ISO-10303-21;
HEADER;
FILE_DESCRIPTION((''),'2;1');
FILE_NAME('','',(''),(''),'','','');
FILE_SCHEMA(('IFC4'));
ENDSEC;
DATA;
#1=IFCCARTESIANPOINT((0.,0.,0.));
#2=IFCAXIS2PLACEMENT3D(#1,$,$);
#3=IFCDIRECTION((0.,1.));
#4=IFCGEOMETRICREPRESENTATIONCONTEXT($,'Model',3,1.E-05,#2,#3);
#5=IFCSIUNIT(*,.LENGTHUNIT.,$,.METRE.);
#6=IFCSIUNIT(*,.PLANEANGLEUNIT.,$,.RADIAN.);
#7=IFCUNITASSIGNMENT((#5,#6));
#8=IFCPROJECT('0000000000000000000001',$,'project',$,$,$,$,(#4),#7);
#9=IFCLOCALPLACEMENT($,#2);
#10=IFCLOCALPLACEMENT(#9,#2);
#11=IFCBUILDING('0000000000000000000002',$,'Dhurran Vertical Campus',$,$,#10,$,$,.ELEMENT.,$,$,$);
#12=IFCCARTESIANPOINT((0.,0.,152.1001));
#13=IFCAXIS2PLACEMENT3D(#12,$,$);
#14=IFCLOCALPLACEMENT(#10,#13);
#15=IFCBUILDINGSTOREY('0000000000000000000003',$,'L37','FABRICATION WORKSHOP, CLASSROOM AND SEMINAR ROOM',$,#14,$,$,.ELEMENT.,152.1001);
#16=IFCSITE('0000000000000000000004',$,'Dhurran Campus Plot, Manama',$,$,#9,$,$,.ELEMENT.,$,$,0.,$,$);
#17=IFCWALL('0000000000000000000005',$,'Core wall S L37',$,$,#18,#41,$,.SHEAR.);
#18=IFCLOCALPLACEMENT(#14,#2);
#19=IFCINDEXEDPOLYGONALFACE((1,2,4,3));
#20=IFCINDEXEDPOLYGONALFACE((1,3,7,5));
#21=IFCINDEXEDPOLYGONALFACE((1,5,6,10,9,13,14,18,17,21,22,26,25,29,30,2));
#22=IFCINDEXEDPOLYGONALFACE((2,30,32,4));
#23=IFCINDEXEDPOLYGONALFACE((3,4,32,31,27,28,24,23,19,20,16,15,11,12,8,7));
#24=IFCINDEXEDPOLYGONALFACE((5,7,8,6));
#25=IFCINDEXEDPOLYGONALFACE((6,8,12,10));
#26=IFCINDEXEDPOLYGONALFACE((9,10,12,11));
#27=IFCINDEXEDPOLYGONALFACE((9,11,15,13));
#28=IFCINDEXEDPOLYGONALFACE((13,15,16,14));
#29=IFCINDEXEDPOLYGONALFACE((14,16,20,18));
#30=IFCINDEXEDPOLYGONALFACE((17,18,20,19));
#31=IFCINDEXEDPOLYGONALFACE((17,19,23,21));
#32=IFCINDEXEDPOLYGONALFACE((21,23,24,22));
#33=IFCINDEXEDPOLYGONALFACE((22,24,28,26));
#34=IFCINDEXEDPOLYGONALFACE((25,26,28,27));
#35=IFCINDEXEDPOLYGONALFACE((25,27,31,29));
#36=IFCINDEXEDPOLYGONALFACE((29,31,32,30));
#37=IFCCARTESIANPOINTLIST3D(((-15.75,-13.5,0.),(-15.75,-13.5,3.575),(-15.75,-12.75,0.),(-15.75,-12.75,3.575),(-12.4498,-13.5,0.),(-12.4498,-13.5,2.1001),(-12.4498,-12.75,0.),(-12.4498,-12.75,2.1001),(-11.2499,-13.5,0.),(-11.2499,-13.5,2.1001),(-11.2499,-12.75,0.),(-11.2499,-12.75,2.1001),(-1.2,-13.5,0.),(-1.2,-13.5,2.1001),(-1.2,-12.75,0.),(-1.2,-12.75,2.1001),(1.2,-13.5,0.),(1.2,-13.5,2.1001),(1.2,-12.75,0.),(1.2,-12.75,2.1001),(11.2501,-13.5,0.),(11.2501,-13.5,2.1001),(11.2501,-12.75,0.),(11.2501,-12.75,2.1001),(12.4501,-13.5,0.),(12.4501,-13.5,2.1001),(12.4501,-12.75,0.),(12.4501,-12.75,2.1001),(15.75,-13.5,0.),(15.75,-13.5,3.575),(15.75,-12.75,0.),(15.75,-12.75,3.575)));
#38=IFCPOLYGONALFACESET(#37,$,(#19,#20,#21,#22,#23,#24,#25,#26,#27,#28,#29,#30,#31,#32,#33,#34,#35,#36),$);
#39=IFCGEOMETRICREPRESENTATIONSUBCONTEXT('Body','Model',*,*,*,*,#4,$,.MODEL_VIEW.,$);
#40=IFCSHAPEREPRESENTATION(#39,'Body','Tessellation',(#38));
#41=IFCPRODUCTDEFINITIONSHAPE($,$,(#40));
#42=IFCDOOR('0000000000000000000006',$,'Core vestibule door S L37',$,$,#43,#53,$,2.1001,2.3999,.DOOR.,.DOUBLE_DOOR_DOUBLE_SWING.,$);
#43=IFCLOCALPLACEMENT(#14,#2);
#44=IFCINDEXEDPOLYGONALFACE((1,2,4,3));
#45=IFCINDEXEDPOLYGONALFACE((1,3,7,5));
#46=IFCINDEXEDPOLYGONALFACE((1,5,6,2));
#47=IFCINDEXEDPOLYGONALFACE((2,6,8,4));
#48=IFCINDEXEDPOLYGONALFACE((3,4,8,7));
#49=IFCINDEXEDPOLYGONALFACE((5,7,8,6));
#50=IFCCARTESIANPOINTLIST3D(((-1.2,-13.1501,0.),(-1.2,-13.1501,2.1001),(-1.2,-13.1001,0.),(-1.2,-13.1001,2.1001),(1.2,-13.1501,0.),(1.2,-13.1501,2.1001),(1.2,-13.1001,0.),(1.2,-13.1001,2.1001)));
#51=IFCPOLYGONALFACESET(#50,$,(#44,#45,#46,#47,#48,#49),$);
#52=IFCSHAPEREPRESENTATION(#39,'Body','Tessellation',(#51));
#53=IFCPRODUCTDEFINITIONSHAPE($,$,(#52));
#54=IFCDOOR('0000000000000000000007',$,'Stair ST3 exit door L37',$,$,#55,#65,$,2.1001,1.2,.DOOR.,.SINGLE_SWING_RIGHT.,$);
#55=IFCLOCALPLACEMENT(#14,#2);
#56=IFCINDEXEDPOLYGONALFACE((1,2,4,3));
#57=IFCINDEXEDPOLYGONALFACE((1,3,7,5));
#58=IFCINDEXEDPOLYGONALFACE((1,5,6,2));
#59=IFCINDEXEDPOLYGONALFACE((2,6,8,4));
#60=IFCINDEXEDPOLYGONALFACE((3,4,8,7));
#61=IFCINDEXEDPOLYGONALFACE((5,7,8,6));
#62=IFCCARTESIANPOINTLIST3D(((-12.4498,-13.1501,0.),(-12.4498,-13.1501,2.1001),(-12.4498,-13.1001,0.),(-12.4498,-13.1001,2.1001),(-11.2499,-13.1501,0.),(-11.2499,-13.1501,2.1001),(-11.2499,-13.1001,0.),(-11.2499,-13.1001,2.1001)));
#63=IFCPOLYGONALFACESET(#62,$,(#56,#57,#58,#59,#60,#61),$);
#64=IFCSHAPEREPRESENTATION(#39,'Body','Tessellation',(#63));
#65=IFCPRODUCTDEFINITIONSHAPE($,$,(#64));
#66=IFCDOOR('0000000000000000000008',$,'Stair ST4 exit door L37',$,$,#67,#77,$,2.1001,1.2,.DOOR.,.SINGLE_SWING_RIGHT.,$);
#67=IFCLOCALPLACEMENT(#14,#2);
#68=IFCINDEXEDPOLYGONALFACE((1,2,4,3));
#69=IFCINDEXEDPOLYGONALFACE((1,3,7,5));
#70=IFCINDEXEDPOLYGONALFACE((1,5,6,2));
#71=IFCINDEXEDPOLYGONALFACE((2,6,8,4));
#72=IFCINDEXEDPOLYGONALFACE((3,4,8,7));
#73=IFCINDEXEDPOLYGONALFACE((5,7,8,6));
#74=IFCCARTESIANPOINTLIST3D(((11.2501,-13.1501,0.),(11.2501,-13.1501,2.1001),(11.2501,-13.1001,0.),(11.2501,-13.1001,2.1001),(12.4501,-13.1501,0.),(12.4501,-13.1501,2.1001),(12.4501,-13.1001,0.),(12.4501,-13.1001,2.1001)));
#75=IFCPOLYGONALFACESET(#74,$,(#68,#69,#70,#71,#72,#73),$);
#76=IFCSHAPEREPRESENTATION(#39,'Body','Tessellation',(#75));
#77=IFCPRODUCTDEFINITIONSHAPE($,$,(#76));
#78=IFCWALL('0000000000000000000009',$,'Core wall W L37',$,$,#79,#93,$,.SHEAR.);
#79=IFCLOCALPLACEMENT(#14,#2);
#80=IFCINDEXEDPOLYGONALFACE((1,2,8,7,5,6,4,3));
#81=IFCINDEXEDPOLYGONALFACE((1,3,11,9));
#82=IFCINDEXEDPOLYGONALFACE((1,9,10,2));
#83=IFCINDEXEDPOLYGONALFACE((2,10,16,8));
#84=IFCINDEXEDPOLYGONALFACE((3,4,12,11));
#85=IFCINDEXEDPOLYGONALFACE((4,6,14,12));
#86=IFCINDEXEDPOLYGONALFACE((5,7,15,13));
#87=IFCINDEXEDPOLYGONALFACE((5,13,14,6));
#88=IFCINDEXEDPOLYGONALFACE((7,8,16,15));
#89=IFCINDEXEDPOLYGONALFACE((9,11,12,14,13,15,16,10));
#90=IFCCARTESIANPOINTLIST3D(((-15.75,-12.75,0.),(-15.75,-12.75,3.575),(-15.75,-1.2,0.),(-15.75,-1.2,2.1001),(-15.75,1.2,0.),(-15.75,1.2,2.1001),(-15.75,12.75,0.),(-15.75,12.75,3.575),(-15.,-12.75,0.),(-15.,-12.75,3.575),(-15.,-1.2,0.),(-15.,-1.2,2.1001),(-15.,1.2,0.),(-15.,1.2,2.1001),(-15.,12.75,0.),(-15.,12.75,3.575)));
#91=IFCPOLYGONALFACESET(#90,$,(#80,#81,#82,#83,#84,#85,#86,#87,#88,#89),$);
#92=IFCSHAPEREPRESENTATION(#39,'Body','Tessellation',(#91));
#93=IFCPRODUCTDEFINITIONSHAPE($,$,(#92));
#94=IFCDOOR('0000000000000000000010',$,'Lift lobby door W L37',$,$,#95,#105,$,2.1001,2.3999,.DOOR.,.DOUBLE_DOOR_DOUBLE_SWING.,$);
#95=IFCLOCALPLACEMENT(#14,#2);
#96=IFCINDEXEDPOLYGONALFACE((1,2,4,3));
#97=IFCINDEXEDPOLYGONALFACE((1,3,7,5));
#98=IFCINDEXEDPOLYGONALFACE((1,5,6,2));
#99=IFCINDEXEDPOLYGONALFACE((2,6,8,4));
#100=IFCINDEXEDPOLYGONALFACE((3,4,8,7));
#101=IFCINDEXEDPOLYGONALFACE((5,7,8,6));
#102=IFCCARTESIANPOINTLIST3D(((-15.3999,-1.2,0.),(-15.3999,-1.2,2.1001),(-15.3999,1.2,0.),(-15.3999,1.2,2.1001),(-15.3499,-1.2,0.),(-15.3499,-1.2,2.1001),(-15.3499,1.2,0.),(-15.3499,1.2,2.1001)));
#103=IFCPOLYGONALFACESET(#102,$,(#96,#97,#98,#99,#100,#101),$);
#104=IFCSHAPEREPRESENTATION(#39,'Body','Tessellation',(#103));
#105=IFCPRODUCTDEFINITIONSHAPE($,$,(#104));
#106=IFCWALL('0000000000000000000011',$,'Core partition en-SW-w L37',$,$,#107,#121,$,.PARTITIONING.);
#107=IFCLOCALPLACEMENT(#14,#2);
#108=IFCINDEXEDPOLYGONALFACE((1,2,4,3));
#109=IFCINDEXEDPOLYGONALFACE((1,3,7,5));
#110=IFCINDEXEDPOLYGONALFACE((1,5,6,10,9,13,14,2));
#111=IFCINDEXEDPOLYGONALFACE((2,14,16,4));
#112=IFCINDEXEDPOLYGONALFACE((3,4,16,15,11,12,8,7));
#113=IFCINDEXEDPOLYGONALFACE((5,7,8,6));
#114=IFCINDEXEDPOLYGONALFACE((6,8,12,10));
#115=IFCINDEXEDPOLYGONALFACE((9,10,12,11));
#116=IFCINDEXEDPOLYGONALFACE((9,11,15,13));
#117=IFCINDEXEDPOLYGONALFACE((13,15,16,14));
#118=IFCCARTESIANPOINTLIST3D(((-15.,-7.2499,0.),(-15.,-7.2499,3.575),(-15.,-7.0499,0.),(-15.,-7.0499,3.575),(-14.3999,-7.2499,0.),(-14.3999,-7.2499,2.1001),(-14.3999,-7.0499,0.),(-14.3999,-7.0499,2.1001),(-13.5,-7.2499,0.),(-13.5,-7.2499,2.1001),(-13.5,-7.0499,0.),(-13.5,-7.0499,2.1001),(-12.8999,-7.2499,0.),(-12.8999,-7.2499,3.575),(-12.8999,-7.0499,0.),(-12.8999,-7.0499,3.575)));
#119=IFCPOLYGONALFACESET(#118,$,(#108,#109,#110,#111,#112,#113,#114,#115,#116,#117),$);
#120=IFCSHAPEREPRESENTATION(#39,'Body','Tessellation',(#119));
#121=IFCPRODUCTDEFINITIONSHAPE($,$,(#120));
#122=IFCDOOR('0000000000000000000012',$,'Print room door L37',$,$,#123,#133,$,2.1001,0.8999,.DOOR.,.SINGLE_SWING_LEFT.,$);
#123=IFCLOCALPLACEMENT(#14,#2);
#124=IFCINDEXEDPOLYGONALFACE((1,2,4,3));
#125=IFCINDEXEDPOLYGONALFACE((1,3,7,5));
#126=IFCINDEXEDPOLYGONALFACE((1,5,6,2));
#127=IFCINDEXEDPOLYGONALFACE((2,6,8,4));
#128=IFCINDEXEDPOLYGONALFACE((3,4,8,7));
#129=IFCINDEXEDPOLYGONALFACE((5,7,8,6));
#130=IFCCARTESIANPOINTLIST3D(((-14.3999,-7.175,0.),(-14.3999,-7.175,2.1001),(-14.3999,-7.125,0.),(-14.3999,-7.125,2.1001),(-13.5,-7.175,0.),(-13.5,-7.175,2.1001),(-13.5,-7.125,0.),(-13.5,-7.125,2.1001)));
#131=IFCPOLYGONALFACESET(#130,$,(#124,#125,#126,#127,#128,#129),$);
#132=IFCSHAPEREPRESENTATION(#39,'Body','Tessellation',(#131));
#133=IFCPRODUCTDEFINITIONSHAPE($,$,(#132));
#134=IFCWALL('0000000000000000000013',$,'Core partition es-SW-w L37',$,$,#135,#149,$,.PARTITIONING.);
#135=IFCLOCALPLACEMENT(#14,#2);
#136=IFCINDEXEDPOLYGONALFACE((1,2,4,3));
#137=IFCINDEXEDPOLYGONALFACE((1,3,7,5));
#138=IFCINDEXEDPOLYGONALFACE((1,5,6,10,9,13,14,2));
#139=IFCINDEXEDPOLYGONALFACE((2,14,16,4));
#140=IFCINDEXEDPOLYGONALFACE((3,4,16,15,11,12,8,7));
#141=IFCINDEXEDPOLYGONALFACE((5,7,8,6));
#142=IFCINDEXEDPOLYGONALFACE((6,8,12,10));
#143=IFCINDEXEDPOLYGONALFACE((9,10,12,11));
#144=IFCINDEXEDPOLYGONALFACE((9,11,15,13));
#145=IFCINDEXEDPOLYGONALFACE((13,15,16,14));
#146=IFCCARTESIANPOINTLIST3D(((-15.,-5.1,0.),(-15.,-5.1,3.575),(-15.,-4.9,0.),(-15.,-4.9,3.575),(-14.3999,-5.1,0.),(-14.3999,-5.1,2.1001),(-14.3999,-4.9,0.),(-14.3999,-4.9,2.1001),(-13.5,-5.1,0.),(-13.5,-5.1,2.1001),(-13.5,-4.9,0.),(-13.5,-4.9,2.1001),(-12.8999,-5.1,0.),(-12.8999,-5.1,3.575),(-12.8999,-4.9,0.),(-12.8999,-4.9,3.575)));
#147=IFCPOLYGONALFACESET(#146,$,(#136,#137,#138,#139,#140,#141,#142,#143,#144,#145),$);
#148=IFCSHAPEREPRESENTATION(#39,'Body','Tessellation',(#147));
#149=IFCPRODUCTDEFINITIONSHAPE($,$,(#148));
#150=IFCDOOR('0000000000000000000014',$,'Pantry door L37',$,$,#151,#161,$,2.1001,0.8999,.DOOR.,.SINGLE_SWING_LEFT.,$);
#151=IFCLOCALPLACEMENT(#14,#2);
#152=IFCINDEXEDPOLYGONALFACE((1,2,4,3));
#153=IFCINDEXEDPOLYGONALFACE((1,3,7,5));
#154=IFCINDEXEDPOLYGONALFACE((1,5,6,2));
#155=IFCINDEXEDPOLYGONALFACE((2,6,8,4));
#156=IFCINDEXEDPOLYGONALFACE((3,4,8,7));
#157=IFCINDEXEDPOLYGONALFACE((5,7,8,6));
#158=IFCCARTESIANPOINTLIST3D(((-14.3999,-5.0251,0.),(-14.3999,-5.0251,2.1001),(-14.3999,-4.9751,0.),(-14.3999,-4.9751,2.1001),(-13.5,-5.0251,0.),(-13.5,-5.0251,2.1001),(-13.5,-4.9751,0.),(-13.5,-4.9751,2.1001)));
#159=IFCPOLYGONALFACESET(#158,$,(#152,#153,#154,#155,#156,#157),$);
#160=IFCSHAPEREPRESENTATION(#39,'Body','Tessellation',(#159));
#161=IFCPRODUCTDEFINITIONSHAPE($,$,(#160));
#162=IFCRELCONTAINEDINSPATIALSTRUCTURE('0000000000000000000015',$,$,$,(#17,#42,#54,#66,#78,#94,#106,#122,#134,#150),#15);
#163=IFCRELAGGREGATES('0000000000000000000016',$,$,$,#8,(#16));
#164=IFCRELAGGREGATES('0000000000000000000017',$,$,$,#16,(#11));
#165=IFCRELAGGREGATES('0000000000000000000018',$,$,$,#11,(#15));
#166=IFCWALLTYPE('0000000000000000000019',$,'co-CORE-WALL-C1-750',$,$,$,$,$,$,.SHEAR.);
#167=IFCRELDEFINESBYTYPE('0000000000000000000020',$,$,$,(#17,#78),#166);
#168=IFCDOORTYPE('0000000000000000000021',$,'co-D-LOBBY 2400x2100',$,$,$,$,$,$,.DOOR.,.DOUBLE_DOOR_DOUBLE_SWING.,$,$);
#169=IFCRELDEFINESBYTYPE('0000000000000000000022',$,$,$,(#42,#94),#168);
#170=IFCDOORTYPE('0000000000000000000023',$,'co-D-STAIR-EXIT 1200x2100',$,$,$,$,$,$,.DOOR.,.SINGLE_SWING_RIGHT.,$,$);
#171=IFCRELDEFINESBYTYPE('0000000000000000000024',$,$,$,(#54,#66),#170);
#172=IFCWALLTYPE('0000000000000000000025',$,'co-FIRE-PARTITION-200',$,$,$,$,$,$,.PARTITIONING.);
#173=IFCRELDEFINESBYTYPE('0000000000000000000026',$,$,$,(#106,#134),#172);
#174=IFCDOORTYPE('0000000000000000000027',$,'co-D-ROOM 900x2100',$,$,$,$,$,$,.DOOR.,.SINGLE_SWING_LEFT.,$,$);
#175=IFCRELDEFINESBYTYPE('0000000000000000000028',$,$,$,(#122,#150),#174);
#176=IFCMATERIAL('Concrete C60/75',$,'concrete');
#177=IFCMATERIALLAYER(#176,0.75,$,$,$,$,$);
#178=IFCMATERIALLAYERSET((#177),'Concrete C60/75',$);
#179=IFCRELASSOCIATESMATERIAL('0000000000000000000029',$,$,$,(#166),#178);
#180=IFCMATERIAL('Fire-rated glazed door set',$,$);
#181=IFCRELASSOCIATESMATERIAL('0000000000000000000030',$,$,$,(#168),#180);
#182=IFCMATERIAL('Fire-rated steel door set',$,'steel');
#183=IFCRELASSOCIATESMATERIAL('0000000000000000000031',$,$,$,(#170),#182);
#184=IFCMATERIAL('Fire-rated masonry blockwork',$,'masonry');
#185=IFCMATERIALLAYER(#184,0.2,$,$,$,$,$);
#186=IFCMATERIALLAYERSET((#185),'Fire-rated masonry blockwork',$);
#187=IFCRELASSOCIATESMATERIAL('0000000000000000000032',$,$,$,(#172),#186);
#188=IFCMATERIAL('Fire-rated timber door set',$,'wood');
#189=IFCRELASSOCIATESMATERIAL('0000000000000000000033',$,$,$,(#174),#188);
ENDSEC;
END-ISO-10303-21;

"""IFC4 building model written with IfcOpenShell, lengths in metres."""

from ifc_helpers import new_model, si_unit, direction, frame, frame_2d, origin, place, context, subcontext, project, spatial, rectangle, extrude, material, layer, layer_set, type_object, element, fill, save


model = new_model("IFC4")

# Units and contexts
model_context = context("Model", 3, precision=1e-05, world=origin(), true_north=direction((0.0, 1.0)))
body_context = subcontext(model_context, "Body", "Model", "MODEL_VIEW")
ifc_project = project(units=[si_unit("LENGTHUNIT", "METRE"), si_unit("PLANEANGLEUNIT", "RADIAN")], contexts=[model_context])

# Site, building, storey
site_placement = place(None, origin())
site = spatial("IfcSite", under=ifc_project, at=site_placement, Name="Dhurran Campus Plot, Manama", CompositionType="ELEMENT", RefElevation=0.0)
building_placement = place(site_placement, origin())
building = spatial("IfcBuilding", under=site, at=building_placement, Name="Dhurran Vertical Campus", CompositionType="ELEMENT")
storey_placement = place(building_placement, frame((0.0, 0.0, 152.1001)))
storey = spatial("IfcBuildingStorey", under=building, at=storey_placement, Name="L37", Description="FABRICATION WORKSHOP, CLASSROOM AND SEMINAR ROOM", CompositionType="ELEMENT", Elevation=152.1001)

# Wall, openings, doors
ifc_material_1 = material(Name="Concrete C60/75", Category="concrete")
ifc_layer_1 = layer(ifc_material_1, 0.75)
ifc_layer_set_1 = layer_set([ifc_layer_1], Name="Concrete C60/75")
wall_type_1 = type_object("IfcWallType", Name="co-CORE-WALL-C1-750", PredefinedType="SHEAR", material=ifc_layer_set_1)
wall_1_placement = place(storey_placement, frame((-15.75, -13.125, 0.0), z_axis=(0.0, 0.0, 1.0), x_axis=(1.0, 0.0, 0.0)))
wall_1 = element("IfcWall", 1, at=wall_1_placement, inside=storey, type_object=wall_type_1, Name="Core wall S L37", PredefinedType="SHEAR", context=body_context, shape_type="SweptSolid", body=[
    extrude(rectangle(XDim=31.5, YDim=0.75, at=frame_2d((15.75, 0.0))), origin(), (0.0, 0.0, 1.0), 3.575),
])
opening_1_placement = place(wall_1_placement, frame((14.55, 0.0, 0.0)))
opening_1 = element("IfcOpeningElement", 2, at=opening_1_placement, cuts=wall_1, PredefinedType="OPENING", context=body_context, shape_type="SweptSolid", body=[
    extrude(rectangle(XDim=2.3999, YDim=2.1001, at=frame_2d((1.2, 1.05))), frame((0.0, 0.385, 0.0), z_axis=(0.0, -1.0, 0.0), x_axis=(1.0, 0.0, 0.0)), (0.0, 0.0, 1.0), 0.77),
])
opening_2_placement = place(wall_1_placement, frame((3.3, 0.0, 0.0)))
opening_2 = element("IfcOpeningElement", 3, at=opening_2_placement, cuts=wall_1, PredefinedType="OPENING", context=body_context, shape_type="SweptSolid", body=[
    extrude(rectangle(XDim=1.2, YDim=2.1001, at=frame_2d((0.6001, 1.05))), frame((0.0, 0.385, 0.0), z_axis=(0.0, -1.0, 0.0), x_axis=(1.0, 0.0, 0.0)), (0.0, 0.0, 1.0), 0.77),
])
opening_3_placement = place(wall_1_placement, frame((27.0, 0.0, 0.0)))
opening_3 = element("IfcOpeningElement", 4, at=opening_3_placement, cuts=wall_1, PredefinedType="OPENING", context=body_context, shape_type="SweptSolid", body=[
    extrude(rectangle(XDim=1.2, YDim=2.1001, at=frame_2d((0.6001, 1.05))), frame((0.0, 0.385, 0.0), z_axis=(0.0, -1.0, 0.0), x_axis=(1.0, 0.0, 0.0)), (0.0, 0.0, 1.0), 0.77),
])
ifc_material_2 = material(Name="Fire-rated glazed door set")
door_type_1 = type_object("IfcDoorType", Name="co-D-LOBBY 2400x2100", OperationType="DOUBLE_DOOR_DOUBLE_SWING", PredefinedType="DOOR", material=ifc_material_2)
door_1_placement = place(opening_1_placement, origin())
door_1 = element("IfcDoor", 5, at=door_1_placement, inside=storey, type_object=door_type_1, Name="Core vestibule door S L37", OperationType="DOUBLE_DOOR_DOUBLE_SWING", OverallHeight=2.1001, OverallWidth=2.3999, PredefinedType="DOOR", context=body_context, shape_type="SweptSolid", body=[
    extrude(rectangle(XDim=2.3999, YDim=2.1001, at=frame_2d((1.2, 1.05))), frame((0.0, 0.0249, 0.0), z_axis=(0.0, -1.0, 0.0), x_axis=(1.0, 0.0, 0.0)), (0.0, 0.0, 1.0), 0.05),
])
fill(opening_1, door_1)
ifc_material_3 = material(Name="Fire-rated steel door set", Category="steel")
door_type_2 = type_object("IfcDoorType", Name="co-D-STAIR-EXIT 1200x2100", OperationType="SINGLE_SWING_RIGHT", PredefinedType="DOOR", material=ifc_material_3)
door_2_placement = place(opening_2_placement, origin())
door_2 = element("IfcDoor", 6, at=door_2_placement, inside=storey, type_object=door_type_2, Name="Stair ST3 exit door L37", OperationType="SINGLE_SWING_RIGHT", OverallHeight=2.1001, OverallWidth=1.2, PredefinedType="DOOR", context=body_context, shape_type="SweptSolid", body=[
    extrude(rectangle(XDim=1.2, YDim=2.1001, at=frame_2d((0.6001, 1.05))), frame((0.0, 0.0249, 0.0), z_axis=(0.0, -1.0, 0.0), x_axis=(1.0, 0.0, 0.0)), (0.0, 0.0, 1.0), 0.05),
])
fill(opening_2, door_2)
door_3_placement = place(opening_3_placement, origin())
door_3 = element("IfcDoor", 7, at=door_3_placement, inside=storey, type_object=door_type_2, Name="Stair ST4 exit door L37", OperationType="SINGLE_SWING_RIGHT", OverallHeight=2.1001, OverallWidth=1.2, PredefinedType="DOOR", context=body_context, shape_type="SweptSolid", body=[
    extrude(rectangle(XDim=1.2, YDim=2.1001, at=frame_2d((0.6001, 1.05))), frame((0.0, 0.0249, 0.0), z_axis=(0.0, -1.0, 0.0), x_axis=(1.0, 0.0, 0.0)), (0.0, 0.0, 1.0), 0.05),
])
fill(opening_3, door_3)

# Walls, openings, doors
wall_2_placement = place(storey_placement, frame((-15.375, -12.75, 0.0), z_axis=(0.0, 0.0, 1.0), x_axis=(0.0, 1.0, 0.0)))
wall_2 = element("IfcWall", 8, at=wall_2_placement, inside=storey, type_object=wall_type_1, Name="Core wall W L37", PredefinedType="SHEAR", context=body_context, shape_type="SweptSolid", body=[
    extrude(rectangle(XDim=25.5, YDim=0.75, at=frame_2d((12.75, 0.0))), origin(), (0.0, 0.0, 1.0), 3.575),
])
opening_4_placement = place(wall_2_placement, frame((11.55, 0.0, 0.0)))
opening_4 = element("IfcOpeningElement", 9, at=opening_4_placement, cuts=wall_2, PredefinedType="OPENING", context=body_context, shape_type="SweptSolid", body=[
    extrude(rectangle(XDim=2.3999, YDim=2.1001, at=frame_2d((1.2, 1.05))), frame((0.0, 0.385, 0.0), z_axis=(0.0, -1.0, 0.0), x_axis=(1.0, 0.0, 0.0)), (0.0, 0.0, 1.0), 0.77),
])
door_4_placement = place(opening_4_placement, origin())
door_4 = element("IfcDoor", 10, at=door_4_placement, inside=storey, type_object=door_type_1, Name="Lift lobby door W L37", OperationType="DOUBLE_DOOR_DOUBLE_SWING", OverallHeight=2.1001, OverallWidth=2.3999, PredefinedType="DOOR", context=body_context, shape_type="SweptSolid", body=[
    extrude(rectangle(XDim=2.3999, YDim=2.1001, at=frame_2d((1.2, 1.05))), frame((0.0, 0.0249, 0.0), z_axis=(0.0, -1.0, 0.0), x_axis=(1.0, 0.0, 0.0)), (0.0, 0.0, 1.0), 0.05),
])
fill(opening_4, door_4)
ifc_material_4 = material(Name="Fire-rated masonry blockwork", Category="masonry")
ifc_layer_2 = layer(ifc_material_4, 0.2)
ifc_layer_set_2 = layer_set([ifc_layer_2], Name="Fire-rated masonry blockwork")
wall_type_2 = type_object("IfcWallType", Name="co-FIRE-PARTITION-200", PredefinedType="PARTITIONING", material=ifc_layer_set_2)
wall_3_placement = place(storey_placement, frame((-15.0, -7.1499, 0.0), z_axis=(0.0, 0.0, 1.0), x_axis=(1.0, 0.0, 0.0)))
wall_3 = element("IfcWall", 11, at=wall_3_placement, inside=storey, type_object=wall_type_2, Name="Core partition en-SW-w L37", PredefinedType="PARTITIONING", context=body_context, shape_type="SweptSolid", body=[
    extrude(rectangle(XDim=2.1001, YDim=0.2, at=frame_2d((1.05, 0.0))), origin(), (0.0, 0.0, 1.0), 3.575),
])
opening_5_placement = place(wall_3_placement, frame((0.6001, 0.0, 0.0)))
opening_5 = element("IfcOpeningElement", 12, at=opening_5_placement, cuts=wall_3, PredefinedType="OPENING", context=body_context, shape_type="SweptSolid", body=[
    extrude(rectangle(XDim=0.8999, YDim=2.1001, at=frame_2d((0.45, 1.05))), frame((0.0, 0.1099, 0.0), z_axis=(0.0, -1.0, 0.0), x_axis=(1.0, 0.0, 0.0)), (0.0, 0.0, 1.0), 0.22),
])
ifc_material_5 = material(Name="Fire-rated timber door set", Category="wood")
door_type_3 = type_object("IfcDoorType", Name="co-D-ROOM 900x2100", OperationType="SINGLE_SWING_LEFT", PredefinedType="DOOR", material=ifc_material_5)
door_5_placement = place(opening_5_placement, origin())
door_5 = element("IfcDoor", 13, at=door_5_placement, inside=storey, type_object=door_type_3, Name="Print room door L37", OperationType="SINGLE_SWING_LEFT", OverallHeight=2.1001, OverallWidth=0.8999, PredefinedType="DOOR", context=body_context, shape_type="SweptSolid", body=[
    extrude(rectangle(XDim=0.8999, YDim=2.1001, at=frame_2d((0.45, 1.05))), frame((0.0, 0.0249, 0.0), z_axis=(0.0, -1.0, 0.0), x_axis=(1.0, 0.0, 0.0)), (0.0, 0.0, 1.0), 0.05),
])
fill(opening_5, door_5)
wall_4_placement = place(storey_placement, frame((-15.0, -5.0, 0.0), z_axis=(0.0, 0.0, 1.0), x_axis=(1.0, 0.0, 0.0)))
wall_4 = element("IfcWall", 14, at=wall_4_placement, inside=storey, type_object=wall_type_2, Name="Core partition es-SW-w L37", PredefinedType="PARTITIONING", context=body_context, shape_type="SweptSolid", body=[
    extrude(rectangle(XDim=2.1001, YDim=0.2, at=frame_2d((1.05, 0.0))), origin(), (0.0, 0.0, 1.0), 3.575),
])
opening_6_placement = place(wall_4_placement, frame((0.6001, 0.0, 0.0)))
opening_6 = element("IfcOpeningElement", 15, at=opening_6_placement, cuts=wall_4, PredefinedType="OPENING", context=body_context, shape_type="SweptSolid", body=[
    extrude(rectangle(XDim=0.8999, YDim=2.1001, at=frame_2d((0.45, 1.05))), frame((0.0, 0.1099, 0.0), z_axis=(0.0, -1.0, 0.0), x_axis=(1.0, 0.0, 0.0)), (0.0, 0.0, 1.0), 0.22),
])
door_6_placement = place(opening_6_placement, origin())
door_6 = element("IfcDoor", 16, at=door_6_placement, inside=storey, type_object=door_type_3, Name="Pantry door L37", OperationType="SINGLE_SWING_LEFT", OverallHeight=2.1001, OverallWidth=0.8999, PredefinedType="DOOR", context=body_context, shape_type="SweptSolid", body=[
    extrude(rectangle(XDim=0.8999, YDim=2.1001, at=frame_2d((0.45, 1.05))), frame((0.0, 0.0249, 0.0), z_axis=(0.0, -1.0, 0.0), x_axis=(1.0, 0.0, 0.0)), (0.0, 0.0, 1.0), 0.05),
])
fill(opening_6, door_6)

save(model, "model.ifc")
